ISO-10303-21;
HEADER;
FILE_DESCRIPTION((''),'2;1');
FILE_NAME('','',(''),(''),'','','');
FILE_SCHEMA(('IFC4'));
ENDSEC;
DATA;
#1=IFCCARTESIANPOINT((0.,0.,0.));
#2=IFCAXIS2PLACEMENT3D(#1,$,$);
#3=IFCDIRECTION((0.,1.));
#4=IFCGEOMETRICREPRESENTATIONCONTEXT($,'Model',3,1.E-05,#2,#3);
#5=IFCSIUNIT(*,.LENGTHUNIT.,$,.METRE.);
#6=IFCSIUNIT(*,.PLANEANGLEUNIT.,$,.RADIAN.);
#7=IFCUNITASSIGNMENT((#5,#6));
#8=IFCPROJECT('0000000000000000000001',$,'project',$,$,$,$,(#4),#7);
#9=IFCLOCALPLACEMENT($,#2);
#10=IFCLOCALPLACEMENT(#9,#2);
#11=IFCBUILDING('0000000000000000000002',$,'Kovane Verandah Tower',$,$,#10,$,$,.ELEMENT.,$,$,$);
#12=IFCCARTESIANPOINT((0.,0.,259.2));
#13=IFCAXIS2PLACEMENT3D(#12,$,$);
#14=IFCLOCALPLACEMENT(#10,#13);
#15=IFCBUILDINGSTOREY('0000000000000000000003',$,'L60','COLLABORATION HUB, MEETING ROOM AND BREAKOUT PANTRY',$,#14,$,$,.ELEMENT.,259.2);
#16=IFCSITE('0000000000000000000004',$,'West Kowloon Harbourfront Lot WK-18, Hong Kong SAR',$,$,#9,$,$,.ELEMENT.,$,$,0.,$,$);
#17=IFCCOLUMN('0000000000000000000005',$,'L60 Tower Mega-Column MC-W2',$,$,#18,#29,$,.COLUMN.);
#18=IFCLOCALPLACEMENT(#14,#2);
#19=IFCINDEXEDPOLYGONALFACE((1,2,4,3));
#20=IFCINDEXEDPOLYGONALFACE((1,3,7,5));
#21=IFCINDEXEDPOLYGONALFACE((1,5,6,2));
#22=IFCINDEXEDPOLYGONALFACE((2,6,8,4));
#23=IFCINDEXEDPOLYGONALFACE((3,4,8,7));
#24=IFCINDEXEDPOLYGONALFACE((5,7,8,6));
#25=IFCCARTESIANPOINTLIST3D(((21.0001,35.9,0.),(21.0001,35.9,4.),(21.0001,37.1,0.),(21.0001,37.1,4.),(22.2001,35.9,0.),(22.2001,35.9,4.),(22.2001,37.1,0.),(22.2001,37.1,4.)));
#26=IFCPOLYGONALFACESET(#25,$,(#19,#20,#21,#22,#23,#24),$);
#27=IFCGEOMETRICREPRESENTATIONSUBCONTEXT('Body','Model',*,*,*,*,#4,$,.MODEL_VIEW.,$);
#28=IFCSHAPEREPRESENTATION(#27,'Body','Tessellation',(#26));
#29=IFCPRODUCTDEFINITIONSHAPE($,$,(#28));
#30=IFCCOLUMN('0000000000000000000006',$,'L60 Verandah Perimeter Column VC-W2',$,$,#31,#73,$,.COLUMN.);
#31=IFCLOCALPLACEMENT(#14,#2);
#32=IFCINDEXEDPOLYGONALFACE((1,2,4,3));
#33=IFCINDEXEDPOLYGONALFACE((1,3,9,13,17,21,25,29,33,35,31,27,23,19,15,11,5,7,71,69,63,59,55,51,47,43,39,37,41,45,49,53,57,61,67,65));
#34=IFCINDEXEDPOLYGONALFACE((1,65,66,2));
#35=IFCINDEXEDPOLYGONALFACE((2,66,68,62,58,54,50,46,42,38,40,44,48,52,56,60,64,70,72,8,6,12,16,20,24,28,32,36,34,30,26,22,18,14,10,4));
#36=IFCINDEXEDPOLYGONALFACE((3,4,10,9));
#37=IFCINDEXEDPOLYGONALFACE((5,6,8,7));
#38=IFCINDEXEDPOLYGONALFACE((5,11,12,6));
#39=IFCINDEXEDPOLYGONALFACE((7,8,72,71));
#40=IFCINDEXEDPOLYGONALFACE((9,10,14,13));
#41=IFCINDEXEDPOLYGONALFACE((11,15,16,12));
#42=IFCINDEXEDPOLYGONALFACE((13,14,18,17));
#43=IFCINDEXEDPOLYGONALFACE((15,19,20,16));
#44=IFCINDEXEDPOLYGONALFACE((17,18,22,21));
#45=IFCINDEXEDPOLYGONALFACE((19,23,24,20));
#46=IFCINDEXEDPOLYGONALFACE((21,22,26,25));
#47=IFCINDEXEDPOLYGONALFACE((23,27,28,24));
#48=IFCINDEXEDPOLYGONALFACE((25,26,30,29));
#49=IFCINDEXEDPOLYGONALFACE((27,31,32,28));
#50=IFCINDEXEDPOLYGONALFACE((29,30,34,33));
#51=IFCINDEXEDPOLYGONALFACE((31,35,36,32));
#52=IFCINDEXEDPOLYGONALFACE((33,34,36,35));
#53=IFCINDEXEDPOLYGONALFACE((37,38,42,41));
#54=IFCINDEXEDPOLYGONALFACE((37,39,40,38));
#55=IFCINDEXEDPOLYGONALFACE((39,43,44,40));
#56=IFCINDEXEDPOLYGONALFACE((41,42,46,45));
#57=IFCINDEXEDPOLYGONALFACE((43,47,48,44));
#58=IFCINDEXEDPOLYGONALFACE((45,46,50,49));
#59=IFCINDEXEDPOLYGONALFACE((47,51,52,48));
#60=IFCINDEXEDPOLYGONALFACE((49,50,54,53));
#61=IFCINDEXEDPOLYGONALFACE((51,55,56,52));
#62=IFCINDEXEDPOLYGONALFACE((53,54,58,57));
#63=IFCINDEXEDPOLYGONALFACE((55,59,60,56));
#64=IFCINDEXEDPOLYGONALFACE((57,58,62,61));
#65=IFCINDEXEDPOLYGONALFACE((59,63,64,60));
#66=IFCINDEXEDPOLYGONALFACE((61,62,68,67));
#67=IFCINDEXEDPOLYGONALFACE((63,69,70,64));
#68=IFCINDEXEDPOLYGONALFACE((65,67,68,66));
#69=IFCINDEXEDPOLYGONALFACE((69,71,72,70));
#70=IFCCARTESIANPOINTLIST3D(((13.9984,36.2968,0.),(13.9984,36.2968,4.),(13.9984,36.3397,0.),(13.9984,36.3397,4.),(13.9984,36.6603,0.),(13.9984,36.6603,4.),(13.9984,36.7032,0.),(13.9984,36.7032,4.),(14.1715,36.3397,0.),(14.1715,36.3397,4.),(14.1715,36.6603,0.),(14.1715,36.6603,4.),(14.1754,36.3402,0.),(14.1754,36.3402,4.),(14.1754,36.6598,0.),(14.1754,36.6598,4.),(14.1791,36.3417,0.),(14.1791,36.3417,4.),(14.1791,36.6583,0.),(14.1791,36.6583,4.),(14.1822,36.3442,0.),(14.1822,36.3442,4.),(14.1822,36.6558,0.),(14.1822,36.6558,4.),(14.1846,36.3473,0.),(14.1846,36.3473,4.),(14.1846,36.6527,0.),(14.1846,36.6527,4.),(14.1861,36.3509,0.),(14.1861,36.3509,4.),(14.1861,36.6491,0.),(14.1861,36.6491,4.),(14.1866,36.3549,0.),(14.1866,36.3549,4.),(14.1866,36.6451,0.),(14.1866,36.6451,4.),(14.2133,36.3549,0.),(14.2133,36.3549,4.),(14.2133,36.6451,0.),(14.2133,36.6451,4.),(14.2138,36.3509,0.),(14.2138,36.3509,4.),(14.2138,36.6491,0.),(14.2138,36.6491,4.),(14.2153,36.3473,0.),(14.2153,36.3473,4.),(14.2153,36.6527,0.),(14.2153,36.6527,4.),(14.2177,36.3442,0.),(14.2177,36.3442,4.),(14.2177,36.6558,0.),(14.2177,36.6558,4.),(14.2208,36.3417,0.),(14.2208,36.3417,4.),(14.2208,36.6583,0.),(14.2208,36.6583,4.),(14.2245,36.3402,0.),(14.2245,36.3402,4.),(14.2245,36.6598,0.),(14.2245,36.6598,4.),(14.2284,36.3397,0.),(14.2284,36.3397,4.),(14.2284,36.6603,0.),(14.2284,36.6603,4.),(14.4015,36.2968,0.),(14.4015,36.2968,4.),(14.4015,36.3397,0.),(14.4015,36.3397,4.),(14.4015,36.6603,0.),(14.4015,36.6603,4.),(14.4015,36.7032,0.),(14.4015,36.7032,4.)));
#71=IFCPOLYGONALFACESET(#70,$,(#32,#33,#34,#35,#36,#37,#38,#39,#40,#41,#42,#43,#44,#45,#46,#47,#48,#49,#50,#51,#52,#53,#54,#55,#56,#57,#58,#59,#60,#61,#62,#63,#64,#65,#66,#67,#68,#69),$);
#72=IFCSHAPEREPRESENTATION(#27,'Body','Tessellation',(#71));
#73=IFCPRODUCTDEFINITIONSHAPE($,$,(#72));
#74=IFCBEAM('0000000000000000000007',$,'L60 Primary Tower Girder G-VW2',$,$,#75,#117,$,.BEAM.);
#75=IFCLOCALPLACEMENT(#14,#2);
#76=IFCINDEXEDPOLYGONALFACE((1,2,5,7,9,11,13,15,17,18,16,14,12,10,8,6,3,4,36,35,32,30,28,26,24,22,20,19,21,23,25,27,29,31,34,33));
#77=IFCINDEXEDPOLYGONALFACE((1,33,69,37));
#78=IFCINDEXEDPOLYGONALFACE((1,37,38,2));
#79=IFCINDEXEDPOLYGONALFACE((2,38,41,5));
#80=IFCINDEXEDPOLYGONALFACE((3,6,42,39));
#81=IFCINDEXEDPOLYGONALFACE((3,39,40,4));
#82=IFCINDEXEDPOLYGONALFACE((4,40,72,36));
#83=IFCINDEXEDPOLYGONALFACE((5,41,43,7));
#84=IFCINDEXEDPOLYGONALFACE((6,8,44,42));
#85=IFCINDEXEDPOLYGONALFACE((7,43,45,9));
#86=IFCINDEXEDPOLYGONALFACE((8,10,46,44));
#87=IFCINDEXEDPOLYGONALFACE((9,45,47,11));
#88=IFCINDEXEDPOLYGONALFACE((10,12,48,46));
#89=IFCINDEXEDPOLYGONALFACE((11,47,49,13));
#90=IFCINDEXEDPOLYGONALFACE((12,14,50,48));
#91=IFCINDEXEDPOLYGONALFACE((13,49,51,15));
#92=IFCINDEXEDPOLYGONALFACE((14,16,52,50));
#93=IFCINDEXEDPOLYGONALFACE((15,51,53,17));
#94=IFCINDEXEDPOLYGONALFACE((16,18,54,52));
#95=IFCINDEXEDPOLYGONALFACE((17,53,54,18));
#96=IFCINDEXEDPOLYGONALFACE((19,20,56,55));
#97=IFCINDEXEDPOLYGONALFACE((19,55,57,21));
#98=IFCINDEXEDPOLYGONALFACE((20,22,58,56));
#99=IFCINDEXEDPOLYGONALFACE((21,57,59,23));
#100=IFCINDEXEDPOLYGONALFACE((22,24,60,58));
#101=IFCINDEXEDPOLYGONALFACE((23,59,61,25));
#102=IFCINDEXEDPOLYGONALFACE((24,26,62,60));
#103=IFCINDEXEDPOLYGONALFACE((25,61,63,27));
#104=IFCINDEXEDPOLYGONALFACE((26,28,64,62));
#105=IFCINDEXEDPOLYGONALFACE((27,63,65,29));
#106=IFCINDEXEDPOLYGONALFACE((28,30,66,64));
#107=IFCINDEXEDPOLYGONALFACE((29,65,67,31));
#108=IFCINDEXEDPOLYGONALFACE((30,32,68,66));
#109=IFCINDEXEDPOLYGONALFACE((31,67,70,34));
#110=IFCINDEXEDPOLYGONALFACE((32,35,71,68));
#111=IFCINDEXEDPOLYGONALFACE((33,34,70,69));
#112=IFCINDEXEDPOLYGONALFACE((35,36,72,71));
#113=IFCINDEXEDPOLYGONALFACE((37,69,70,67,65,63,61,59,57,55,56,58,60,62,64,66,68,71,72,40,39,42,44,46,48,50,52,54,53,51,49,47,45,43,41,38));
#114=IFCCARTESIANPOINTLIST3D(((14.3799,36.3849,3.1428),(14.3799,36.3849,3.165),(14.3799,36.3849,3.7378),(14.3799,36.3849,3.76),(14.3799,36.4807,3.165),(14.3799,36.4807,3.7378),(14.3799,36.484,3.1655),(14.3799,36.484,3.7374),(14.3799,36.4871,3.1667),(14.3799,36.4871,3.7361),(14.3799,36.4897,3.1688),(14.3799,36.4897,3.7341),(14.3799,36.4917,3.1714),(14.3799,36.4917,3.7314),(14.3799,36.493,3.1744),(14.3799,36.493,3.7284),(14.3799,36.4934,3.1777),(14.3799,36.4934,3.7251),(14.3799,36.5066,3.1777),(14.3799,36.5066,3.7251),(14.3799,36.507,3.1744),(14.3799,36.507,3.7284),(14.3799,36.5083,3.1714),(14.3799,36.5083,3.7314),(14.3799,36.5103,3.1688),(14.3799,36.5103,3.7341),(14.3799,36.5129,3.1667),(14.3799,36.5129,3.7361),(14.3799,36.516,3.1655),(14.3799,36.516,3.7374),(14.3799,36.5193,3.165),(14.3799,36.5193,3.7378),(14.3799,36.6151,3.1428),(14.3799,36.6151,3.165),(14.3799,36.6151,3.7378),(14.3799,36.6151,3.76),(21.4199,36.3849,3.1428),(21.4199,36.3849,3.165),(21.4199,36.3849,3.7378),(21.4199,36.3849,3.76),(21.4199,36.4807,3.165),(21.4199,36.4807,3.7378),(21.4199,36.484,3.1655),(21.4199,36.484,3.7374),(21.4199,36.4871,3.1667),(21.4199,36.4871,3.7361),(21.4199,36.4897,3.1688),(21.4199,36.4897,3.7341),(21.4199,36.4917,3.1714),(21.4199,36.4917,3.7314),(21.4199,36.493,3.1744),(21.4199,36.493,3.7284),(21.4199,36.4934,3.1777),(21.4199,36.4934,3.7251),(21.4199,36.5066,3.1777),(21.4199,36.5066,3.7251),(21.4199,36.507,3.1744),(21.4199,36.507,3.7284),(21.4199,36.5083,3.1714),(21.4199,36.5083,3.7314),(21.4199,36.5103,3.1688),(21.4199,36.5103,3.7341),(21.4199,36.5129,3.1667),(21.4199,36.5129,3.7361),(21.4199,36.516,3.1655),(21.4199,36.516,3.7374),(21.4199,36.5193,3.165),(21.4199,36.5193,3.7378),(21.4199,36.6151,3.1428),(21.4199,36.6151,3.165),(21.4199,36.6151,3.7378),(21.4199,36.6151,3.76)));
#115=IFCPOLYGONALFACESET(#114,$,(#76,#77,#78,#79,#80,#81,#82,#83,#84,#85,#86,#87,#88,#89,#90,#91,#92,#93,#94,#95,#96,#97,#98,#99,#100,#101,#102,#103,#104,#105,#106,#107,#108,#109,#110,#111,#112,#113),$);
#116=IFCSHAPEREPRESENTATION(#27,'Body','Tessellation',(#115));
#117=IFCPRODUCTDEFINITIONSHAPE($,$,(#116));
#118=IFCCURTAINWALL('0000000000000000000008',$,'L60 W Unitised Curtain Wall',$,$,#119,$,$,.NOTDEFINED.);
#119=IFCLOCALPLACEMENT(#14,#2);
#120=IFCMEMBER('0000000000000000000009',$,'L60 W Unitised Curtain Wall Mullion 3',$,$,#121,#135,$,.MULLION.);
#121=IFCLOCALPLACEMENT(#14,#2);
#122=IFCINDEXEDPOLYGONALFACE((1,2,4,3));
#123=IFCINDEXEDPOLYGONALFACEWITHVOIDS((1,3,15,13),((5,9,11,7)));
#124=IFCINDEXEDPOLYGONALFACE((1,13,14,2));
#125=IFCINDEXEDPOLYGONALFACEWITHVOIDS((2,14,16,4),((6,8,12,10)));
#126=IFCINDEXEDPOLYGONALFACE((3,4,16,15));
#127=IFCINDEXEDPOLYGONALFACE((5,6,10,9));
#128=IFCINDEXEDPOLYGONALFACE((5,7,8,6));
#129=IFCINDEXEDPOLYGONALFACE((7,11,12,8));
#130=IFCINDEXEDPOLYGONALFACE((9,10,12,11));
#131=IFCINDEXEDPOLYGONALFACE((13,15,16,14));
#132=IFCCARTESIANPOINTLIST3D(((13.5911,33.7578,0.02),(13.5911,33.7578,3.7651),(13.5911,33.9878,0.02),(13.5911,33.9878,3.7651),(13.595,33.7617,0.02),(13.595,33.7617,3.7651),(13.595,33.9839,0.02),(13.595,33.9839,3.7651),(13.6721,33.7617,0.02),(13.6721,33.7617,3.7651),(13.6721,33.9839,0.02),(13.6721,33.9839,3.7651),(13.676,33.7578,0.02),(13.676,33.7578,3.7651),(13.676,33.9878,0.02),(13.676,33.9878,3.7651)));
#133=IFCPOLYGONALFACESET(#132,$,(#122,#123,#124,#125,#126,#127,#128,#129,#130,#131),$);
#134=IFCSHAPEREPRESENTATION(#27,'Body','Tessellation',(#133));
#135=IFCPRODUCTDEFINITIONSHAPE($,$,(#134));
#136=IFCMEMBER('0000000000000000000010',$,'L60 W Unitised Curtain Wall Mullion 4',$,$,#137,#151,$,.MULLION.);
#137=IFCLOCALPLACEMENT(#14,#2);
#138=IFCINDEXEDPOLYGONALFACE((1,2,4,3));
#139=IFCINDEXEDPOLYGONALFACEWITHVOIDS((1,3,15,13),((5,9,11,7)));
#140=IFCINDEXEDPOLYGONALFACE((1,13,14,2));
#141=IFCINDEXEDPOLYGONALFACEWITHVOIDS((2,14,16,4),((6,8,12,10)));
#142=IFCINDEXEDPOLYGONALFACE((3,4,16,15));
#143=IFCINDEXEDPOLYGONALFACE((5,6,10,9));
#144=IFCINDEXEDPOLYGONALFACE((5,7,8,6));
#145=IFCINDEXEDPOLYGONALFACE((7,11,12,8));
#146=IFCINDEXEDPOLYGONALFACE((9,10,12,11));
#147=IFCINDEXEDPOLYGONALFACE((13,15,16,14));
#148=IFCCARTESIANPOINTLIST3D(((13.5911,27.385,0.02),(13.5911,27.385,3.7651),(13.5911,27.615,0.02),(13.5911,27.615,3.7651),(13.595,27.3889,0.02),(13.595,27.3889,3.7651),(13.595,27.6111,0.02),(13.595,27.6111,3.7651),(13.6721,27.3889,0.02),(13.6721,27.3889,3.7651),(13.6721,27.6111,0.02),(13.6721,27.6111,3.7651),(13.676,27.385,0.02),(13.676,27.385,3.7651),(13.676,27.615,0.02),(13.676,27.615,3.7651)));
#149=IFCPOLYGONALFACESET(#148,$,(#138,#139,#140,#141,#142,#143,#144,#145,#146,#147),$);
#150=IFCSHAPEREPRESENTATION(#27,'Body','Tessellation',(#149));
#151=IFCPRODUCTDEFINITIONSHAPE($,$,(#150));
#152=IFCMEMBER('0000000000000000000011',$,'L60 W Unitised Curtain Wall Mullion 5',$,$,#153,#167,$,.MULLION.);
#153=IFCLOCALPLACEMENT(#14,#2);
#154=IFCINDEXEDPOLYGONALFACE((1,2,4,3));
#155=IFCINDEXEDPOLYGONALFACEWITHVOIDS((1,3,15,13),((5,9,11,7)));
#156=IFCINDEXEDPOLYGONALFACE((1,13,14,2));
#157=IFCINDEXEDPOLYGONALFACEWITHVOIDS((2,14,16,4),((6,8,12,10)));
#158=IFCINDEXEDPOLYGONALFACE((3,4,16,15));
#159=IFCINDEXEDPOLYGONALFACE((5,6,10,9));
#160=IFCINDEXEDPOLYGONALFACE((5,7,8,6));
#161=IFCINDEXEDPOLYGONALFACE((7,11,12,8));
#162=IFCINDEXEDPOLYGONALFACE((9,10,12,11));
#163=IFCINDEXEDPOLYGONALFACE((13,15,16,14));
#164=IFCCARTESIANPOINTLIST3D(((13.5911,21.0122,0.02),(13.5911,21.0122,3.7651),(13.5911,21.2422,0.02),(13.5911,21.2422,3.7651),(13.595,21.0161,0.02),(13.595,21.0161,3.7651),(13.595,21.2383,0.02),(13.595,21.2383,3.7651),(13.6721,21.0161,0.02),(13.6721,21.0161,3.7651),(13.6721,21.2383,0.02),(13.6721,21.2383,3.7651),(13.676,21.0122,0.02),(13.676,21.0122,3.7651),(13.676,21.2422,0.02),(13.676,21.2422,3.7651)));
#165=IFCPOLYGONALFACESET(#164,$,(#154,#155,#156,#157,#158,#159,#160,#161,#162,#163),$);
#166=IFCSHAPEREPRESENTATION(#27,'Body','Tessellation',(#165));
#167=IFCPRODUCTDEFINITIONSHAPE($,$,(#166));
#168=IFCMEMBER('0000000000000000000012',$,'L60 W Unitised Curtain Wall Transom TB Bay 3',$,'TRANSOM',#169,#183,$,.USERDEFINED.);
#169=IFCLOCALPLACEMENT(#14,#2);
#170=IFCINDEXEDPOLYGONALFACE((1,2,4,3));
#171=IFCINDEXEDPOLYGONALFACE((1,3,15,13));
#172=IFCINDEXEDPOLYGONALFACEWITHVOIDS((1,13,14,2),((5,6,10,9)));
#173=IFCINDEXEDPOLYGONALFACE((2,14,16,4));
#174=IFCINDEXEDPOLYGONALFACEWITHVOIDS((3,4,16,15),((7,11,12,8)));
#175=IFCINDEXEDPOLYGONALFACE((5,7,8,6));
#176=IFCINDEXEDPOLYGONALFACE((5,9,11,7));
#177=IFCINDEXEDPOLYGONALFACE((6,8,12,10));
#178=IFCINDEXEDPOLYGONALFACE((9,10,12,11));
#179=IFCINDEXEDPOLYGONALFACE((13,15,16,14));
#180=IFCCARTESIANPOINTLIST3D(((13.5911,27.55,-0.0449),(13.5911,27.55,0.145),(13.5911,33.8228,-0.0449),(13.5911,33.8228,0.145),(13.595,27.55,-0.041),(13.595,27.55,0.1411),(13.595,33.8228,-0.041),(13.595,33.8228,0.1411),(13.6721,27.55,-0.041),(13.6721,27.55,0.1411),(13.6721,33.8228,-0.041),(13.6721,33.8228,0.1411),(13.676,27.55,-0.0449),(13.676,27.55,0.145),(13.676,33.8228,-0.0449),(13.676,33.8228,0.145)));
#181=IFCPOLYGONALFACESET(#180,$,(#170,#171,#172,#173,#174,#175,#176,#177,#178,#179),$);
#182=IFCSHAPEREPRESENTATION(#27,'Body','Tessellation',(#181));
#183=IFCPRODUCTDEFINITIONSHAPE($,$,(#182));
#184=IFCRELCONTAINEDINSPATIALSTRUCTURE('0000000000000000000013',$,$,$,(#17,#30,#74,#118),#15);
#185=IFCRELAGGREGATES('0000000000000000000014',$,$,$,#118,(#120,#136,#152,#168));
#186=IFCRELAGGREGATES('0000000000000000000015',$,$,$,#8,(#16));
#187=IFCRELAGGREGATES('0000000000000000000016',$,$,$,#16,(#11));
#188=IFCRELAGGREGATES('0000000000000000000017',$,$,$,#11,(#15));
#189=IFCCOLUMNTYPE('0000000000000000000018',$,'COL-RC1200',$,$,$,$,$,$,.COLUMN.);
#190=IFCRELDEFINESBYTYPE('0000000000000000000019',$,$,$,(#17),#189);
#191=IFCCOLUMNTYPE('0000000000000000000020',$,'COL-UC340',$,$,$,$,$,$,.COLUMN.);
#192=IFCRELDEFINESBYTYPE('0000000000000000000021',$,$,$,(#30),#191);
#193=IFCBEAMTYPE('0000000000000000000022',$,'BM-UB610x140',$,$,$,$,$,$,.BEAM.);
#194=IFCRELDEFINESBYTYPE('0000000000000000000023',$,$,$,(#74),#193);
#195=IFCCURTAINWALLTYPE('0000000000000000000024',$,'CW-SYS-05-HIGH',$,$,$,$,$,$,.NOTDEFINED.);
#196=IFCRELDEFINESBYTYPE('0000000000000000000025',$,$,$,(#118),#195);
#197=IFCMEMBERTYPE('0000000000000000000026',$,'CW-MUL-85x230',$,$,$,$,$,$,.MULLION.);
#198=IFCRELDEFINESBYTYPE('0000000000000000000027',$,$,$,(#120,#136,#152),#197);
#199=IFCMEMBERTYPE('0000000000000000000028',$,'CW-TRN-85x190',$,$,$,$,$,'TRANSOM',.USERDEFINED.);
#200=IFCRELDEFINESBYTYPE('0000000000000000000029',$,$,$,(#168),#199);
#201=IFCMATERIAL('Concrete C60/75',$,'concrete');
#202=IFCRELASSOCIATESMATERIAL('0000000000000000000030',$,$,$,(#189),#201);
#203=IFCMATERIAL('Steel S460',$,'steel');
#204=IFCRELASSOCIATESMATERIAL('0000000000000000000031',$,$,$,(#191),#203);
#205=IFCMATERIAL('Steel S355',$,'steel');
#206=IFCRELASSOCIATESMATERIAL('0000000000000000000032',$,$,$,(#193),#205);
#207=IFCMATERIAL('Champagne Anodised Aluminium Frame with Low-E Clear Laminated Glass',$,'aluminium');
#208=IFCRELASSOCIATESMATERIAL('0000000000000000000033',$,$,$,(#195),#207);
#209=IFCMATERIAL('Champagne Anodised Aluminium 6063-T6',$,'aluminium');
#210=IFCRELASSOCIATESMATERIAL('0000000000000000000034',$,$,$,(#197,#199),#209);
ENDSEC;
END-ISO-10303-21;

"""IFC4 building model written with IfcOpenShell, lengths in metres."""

from ifc_helpers import new_model, si_unit, direction, frame, origin, origin_2d, place, context, subcontext, project, spatial, rectangle, hollow_rectangle, i_section, extrude, material, material_profile, profile_set, type_object, element, aggregate, save


model = new_model("IFC4")

# Units and contexts
model_context = context("Model", 3, precision=1e-05, world=origin(), true_north=direction((0.0, 1.0)))
body_context = subcontext(model_context, "Body", "Model", "MODEL_VIEW")
ifc_project = project(units=[si_unit("LENGTHUNIT", "METRE"), si_unit("PLANEANGLEUNIT", "RADIAN")], contexts=[model_context])

# Site, building, storey
site_placement = place(None, origin())
site = spatial("IfcSite", under=ifc_project, at=site_placement, Name="West Kowloon Harbourfront Lot WK-18, Hong Kong SAR", CompositionType="ELEMENT", RefElevation=0.0)
building_placement = place(site_placement, origin())
building = spatial("IfcBuilding", under=site, at=building_placement, Name="Kovane Verandah Tower", CompositionType="ELEMENT")
storey_placement = place(building_placement, frame((0.0, 0.0, 259.2)))
storey = spatial("IfcBuildingStorey", under=building, at=storey_placement, Name="L60", Description="COLLABORATION HUB, MEETING ROOM AND BREAKOUT PANTRY", CompositionType="ELEMENT", Elevation=259.2)

# Columns
ifc_material_1 = material(Name="Concrete C60/75", Category="concrete")
ifc_material_profile_1 = material_profile(ifc_material_1, rectangle(XDim=1.2, YDim=1.2, at=origin_2d()), Name="RC1200x1200")
ifc_profile_set_1 = profile_set([ifc_material_profile_1], Name="Concrete C60/75")
column_type_1 = type_object("IfcColumnType", Name="COL-RC1200", PredefinedType="COLUMN", material=ifc_profile_set_1)
column_1_placement = place(storey_placement, frame((21.6001, 36.5, 0.0), z_axis=(0.0, 0.0, 1.0), x_axis=(1.0, 0.0, 0.0)))
element("IfcColumn", 1, at=column_1_placement, inside=storey, type_object=column_type_1, Name="L60 Tower Mega-Column MC-W2", PredefinedType="COLUMN", context=body_context, shape_type="SweptSolid", body=[
    extrude(rectangle(XDim=1.2, YDim=1.2, at=origin_2d()), origin(), (0.0, 0.0, 1.0), 4.0),
])
ifc_material_2 = material(Name="Steel S460", Category="steel")
ifc_material_profile_2 = material_profile(ifc_material_2, i_section(OverallWidth=0.4031, OverallDepth=0.4065, WebThickness=0.0266, FlangeThickness=0.043, FilletRadius=0.0151, at=origin_2d()), Name="UC356x406x340")
ifc_profile_set_2 = profile_set([ifc_material_profile_2], Name="Steel S460")
column_type_2 = type_object("IfcColumnType", Name="COL-UC340", PredefinedType="COLUMN", material=ifc_profile_set_2)
column_2_placement = place(storey_placement, frame((14.2, 36.5, 0.0), z_axis=(0.0, 0.0, 1.0), x_axis=(1.0, 0.0, 0.0)))
element("IfcColumn", 2, at=column_2_placement, inside=storey, type_object=column_type_2, Name="L60 Verandah Perimeter Column VC-W2", PredefinedType="COLUMN", context=body_context, shape_type="SweptSolid", body=[
    extrude(i_section(OverallWidth=0.4031, OverallDepth=0.4065, WebThickness=0.0266, FlangeThickness=0.043, FilletRadius=0.0151, at=origin_2d()), origin(), (0.0, 0.0, 1.0), 4.0),
])

# Beam
ifc_material_3 = material(Name="Steel S355", Category="steel")
ifc_material_profile_3 = material_profile(ifc_material_3, i_section(OverallWidth=0.2302, OverallDepth=0.6172, WebThickness=0.0132, FlangeThickness=0.0222, FilletRadius=0.0127, at=origin_2d()), Name="UB610x229x140")
ifc_profile_set_3 = profile_set([ifc_material_profile_3], Name="Steel S355")
beam_type = type_object("IfcBeamType", Name="BM-UB610x140", PredefinedType="BEAM", material=ifc_profile_set_3)
beam_placement = place(storey_placement, frame((21.4199, 36.5, 3.4514), z_axis=(-1.0, 0.0, 0.0), x_axis=(0.0, -1.0, 0.0)))
element("IfcBeam", 3, at=beam_placement, inside=storey, type_object=beam_type, Name="L60 Primary Tower Girder G-VW2", PredefinedType="BEAM", context=body_context, shape_type="SweptSolid", body=[
    extrude(i_section(OverallWidth=0.2302, OverallDepth=0.6172, WebThickness=0.0132, FlangeThickness=0.0222, FilletRadius=0.0127, at=origin_2d()), origin(), (0.0, 0.0, 1.0), 7.04),
])

# Curtain wall, members
ifc_material_4 = material(Name="Champagne Anodised Aluminium Frame with Low-E Clear Laminated Glass", Category="aluminium")
curtain_wall_type = type_object("IfcCurtainWallType", Name="CW-SYS-05-HIGH", PredefinedType="NOTDEFINED", material=ifc_material_4)
curtain_wall_placement = place(storey_placement, origin())
curtain_wall = element("IfcCurtainWall", 4, at=curtain_wall_placement, inside=storey, type_object=curtain_wall_type, Name="L60 W Unitised Curtain Wall", PredefinedType="NOTDEFINED")
ifc_material_5 = material(Name="Champagne Anodised Aluminium 6063-T6", Category="aluminium")
ifc_material_profile_4 = material_profile(ifc_material_5, hollow_rectangle(XDim=0.085, YDim=0.23, WallThickness=0.0039, at=origin_2d()), Name="AL85x230x4")
ifc_profile_set_4 = profile_set([ifc_material_profile_4], Name="Champagne Anodised Aluminium 6063-T6")
member_type_1 = type_object("IfcMemberType", Name="CW-MUL-85x230", PredefinedType="MULLION", material=ifc_profile_set_4)
member_1_placement = place(storey_placement, frame((13.6335, 33.8728, 0.02), z_axis=(0.0, 0.0, 1.0), x_axis=(-1.0, 0.0, 0.0)))
member_1 = element("IfcMember", 5, at=member_1_placement, type_object=member_type_1, Name="L60 W Unitised Curtain Wall Mullion 3", PredefinedType="MULLION", context=body_context, shape_type="SweptSolid", body=[
    extrude(hollow_rectangle(XDim=0.085, YDim=0.23, WallThickness=0.0039, at=origin_2d()), origin(), (0.0, 0.0, 1.0), 3.7451),
])
member_2_placement = place(storey_placement, frame((13.6335, 27.5, 0.02), z_axis=(0.0, 0.0, 1.0), x_axis=(-1.0, 0.0, 0.0)))
member_2 = element("IfcMember", 6, at=member_2_placement, type_object=member_type_1, Name="L60 W Unitised Curtain Wall Mullion 4", PredefinedType="MULLION", context=body_context, shape_type="SweptSolid", body=[
    extrude(hollow_rectangle(XDim=0.085, YDim=0.23, WallThickness=0.0039, at=origin_2d()), origin(), (0.0, 0.0, 1.0), 3.7451),
])
member_3_placement = place(storey_placement, frame((13.6335, 21.1272, 0.02), z_axis=(0.0, 0.0, 1.0), x_axis=(-1.0, 0.0, 0.0)))
member_3 = element("IfcMember", 7, at=member_3_placement, type_object=member_type_1, Name="L60 W Unitised Curtain Wall Mullion 5", PredefinedType="MULLION", context=body_context, shape_type="SweptSolid", body=[
    extrude(hollow_rectangle(XDim=0.085, YDim=0.23, WallThickness=0.0039, at=origin_2d()), origin(), (0.0, 0.0, 1.0), 3.7451),
])
ifc_material_profile_5 = material_profile(ifc_material_5, hollow_rectangle(XDim=0.085, YDim=0.1899, WallThickness=0.0039, at=origin_2d()), Name="AL85x190x4")
ifc_profile_set_5 = profile_set([ifc_material_profile_5], Name="Champagne Anodised Aluminium 6063-T6")
member_type_2 = type_object("IfcMemberType", Name="CW-TRN-85x190", ElementType="TRANSOM", PredefinedType="USERDEFINED", material=ifc_profile_set_5)
member_4_placement = place(storey_placement, frame((13.6335, 33.8228, 0.05), z_axis=(0.0, -1.0, 0.0), x_axis=(1.0, 0.0, 0.0)))
member_4 = element("IfcMember", 8, at=member_4_placement, type_object=member_type_2, Name="L60 W Unitised Curtain Wall Transom TB Bay 3", ObjectType="TRANSOM", PredefinedType="USERDEFINED", context=body_context, shape_type="SweptSolid", body=[
    extrude(hollow_rectangle(XDim=0.085, YDim=0.1899, WallThickness=0.0039, at=origin_2d()), origin(), (0.0, 0.0, 1.0), 6.2727),
])
aggregate(curtain_wall, [member_1, member_2, member_3, member_4])

save(model, "model.ifc")
